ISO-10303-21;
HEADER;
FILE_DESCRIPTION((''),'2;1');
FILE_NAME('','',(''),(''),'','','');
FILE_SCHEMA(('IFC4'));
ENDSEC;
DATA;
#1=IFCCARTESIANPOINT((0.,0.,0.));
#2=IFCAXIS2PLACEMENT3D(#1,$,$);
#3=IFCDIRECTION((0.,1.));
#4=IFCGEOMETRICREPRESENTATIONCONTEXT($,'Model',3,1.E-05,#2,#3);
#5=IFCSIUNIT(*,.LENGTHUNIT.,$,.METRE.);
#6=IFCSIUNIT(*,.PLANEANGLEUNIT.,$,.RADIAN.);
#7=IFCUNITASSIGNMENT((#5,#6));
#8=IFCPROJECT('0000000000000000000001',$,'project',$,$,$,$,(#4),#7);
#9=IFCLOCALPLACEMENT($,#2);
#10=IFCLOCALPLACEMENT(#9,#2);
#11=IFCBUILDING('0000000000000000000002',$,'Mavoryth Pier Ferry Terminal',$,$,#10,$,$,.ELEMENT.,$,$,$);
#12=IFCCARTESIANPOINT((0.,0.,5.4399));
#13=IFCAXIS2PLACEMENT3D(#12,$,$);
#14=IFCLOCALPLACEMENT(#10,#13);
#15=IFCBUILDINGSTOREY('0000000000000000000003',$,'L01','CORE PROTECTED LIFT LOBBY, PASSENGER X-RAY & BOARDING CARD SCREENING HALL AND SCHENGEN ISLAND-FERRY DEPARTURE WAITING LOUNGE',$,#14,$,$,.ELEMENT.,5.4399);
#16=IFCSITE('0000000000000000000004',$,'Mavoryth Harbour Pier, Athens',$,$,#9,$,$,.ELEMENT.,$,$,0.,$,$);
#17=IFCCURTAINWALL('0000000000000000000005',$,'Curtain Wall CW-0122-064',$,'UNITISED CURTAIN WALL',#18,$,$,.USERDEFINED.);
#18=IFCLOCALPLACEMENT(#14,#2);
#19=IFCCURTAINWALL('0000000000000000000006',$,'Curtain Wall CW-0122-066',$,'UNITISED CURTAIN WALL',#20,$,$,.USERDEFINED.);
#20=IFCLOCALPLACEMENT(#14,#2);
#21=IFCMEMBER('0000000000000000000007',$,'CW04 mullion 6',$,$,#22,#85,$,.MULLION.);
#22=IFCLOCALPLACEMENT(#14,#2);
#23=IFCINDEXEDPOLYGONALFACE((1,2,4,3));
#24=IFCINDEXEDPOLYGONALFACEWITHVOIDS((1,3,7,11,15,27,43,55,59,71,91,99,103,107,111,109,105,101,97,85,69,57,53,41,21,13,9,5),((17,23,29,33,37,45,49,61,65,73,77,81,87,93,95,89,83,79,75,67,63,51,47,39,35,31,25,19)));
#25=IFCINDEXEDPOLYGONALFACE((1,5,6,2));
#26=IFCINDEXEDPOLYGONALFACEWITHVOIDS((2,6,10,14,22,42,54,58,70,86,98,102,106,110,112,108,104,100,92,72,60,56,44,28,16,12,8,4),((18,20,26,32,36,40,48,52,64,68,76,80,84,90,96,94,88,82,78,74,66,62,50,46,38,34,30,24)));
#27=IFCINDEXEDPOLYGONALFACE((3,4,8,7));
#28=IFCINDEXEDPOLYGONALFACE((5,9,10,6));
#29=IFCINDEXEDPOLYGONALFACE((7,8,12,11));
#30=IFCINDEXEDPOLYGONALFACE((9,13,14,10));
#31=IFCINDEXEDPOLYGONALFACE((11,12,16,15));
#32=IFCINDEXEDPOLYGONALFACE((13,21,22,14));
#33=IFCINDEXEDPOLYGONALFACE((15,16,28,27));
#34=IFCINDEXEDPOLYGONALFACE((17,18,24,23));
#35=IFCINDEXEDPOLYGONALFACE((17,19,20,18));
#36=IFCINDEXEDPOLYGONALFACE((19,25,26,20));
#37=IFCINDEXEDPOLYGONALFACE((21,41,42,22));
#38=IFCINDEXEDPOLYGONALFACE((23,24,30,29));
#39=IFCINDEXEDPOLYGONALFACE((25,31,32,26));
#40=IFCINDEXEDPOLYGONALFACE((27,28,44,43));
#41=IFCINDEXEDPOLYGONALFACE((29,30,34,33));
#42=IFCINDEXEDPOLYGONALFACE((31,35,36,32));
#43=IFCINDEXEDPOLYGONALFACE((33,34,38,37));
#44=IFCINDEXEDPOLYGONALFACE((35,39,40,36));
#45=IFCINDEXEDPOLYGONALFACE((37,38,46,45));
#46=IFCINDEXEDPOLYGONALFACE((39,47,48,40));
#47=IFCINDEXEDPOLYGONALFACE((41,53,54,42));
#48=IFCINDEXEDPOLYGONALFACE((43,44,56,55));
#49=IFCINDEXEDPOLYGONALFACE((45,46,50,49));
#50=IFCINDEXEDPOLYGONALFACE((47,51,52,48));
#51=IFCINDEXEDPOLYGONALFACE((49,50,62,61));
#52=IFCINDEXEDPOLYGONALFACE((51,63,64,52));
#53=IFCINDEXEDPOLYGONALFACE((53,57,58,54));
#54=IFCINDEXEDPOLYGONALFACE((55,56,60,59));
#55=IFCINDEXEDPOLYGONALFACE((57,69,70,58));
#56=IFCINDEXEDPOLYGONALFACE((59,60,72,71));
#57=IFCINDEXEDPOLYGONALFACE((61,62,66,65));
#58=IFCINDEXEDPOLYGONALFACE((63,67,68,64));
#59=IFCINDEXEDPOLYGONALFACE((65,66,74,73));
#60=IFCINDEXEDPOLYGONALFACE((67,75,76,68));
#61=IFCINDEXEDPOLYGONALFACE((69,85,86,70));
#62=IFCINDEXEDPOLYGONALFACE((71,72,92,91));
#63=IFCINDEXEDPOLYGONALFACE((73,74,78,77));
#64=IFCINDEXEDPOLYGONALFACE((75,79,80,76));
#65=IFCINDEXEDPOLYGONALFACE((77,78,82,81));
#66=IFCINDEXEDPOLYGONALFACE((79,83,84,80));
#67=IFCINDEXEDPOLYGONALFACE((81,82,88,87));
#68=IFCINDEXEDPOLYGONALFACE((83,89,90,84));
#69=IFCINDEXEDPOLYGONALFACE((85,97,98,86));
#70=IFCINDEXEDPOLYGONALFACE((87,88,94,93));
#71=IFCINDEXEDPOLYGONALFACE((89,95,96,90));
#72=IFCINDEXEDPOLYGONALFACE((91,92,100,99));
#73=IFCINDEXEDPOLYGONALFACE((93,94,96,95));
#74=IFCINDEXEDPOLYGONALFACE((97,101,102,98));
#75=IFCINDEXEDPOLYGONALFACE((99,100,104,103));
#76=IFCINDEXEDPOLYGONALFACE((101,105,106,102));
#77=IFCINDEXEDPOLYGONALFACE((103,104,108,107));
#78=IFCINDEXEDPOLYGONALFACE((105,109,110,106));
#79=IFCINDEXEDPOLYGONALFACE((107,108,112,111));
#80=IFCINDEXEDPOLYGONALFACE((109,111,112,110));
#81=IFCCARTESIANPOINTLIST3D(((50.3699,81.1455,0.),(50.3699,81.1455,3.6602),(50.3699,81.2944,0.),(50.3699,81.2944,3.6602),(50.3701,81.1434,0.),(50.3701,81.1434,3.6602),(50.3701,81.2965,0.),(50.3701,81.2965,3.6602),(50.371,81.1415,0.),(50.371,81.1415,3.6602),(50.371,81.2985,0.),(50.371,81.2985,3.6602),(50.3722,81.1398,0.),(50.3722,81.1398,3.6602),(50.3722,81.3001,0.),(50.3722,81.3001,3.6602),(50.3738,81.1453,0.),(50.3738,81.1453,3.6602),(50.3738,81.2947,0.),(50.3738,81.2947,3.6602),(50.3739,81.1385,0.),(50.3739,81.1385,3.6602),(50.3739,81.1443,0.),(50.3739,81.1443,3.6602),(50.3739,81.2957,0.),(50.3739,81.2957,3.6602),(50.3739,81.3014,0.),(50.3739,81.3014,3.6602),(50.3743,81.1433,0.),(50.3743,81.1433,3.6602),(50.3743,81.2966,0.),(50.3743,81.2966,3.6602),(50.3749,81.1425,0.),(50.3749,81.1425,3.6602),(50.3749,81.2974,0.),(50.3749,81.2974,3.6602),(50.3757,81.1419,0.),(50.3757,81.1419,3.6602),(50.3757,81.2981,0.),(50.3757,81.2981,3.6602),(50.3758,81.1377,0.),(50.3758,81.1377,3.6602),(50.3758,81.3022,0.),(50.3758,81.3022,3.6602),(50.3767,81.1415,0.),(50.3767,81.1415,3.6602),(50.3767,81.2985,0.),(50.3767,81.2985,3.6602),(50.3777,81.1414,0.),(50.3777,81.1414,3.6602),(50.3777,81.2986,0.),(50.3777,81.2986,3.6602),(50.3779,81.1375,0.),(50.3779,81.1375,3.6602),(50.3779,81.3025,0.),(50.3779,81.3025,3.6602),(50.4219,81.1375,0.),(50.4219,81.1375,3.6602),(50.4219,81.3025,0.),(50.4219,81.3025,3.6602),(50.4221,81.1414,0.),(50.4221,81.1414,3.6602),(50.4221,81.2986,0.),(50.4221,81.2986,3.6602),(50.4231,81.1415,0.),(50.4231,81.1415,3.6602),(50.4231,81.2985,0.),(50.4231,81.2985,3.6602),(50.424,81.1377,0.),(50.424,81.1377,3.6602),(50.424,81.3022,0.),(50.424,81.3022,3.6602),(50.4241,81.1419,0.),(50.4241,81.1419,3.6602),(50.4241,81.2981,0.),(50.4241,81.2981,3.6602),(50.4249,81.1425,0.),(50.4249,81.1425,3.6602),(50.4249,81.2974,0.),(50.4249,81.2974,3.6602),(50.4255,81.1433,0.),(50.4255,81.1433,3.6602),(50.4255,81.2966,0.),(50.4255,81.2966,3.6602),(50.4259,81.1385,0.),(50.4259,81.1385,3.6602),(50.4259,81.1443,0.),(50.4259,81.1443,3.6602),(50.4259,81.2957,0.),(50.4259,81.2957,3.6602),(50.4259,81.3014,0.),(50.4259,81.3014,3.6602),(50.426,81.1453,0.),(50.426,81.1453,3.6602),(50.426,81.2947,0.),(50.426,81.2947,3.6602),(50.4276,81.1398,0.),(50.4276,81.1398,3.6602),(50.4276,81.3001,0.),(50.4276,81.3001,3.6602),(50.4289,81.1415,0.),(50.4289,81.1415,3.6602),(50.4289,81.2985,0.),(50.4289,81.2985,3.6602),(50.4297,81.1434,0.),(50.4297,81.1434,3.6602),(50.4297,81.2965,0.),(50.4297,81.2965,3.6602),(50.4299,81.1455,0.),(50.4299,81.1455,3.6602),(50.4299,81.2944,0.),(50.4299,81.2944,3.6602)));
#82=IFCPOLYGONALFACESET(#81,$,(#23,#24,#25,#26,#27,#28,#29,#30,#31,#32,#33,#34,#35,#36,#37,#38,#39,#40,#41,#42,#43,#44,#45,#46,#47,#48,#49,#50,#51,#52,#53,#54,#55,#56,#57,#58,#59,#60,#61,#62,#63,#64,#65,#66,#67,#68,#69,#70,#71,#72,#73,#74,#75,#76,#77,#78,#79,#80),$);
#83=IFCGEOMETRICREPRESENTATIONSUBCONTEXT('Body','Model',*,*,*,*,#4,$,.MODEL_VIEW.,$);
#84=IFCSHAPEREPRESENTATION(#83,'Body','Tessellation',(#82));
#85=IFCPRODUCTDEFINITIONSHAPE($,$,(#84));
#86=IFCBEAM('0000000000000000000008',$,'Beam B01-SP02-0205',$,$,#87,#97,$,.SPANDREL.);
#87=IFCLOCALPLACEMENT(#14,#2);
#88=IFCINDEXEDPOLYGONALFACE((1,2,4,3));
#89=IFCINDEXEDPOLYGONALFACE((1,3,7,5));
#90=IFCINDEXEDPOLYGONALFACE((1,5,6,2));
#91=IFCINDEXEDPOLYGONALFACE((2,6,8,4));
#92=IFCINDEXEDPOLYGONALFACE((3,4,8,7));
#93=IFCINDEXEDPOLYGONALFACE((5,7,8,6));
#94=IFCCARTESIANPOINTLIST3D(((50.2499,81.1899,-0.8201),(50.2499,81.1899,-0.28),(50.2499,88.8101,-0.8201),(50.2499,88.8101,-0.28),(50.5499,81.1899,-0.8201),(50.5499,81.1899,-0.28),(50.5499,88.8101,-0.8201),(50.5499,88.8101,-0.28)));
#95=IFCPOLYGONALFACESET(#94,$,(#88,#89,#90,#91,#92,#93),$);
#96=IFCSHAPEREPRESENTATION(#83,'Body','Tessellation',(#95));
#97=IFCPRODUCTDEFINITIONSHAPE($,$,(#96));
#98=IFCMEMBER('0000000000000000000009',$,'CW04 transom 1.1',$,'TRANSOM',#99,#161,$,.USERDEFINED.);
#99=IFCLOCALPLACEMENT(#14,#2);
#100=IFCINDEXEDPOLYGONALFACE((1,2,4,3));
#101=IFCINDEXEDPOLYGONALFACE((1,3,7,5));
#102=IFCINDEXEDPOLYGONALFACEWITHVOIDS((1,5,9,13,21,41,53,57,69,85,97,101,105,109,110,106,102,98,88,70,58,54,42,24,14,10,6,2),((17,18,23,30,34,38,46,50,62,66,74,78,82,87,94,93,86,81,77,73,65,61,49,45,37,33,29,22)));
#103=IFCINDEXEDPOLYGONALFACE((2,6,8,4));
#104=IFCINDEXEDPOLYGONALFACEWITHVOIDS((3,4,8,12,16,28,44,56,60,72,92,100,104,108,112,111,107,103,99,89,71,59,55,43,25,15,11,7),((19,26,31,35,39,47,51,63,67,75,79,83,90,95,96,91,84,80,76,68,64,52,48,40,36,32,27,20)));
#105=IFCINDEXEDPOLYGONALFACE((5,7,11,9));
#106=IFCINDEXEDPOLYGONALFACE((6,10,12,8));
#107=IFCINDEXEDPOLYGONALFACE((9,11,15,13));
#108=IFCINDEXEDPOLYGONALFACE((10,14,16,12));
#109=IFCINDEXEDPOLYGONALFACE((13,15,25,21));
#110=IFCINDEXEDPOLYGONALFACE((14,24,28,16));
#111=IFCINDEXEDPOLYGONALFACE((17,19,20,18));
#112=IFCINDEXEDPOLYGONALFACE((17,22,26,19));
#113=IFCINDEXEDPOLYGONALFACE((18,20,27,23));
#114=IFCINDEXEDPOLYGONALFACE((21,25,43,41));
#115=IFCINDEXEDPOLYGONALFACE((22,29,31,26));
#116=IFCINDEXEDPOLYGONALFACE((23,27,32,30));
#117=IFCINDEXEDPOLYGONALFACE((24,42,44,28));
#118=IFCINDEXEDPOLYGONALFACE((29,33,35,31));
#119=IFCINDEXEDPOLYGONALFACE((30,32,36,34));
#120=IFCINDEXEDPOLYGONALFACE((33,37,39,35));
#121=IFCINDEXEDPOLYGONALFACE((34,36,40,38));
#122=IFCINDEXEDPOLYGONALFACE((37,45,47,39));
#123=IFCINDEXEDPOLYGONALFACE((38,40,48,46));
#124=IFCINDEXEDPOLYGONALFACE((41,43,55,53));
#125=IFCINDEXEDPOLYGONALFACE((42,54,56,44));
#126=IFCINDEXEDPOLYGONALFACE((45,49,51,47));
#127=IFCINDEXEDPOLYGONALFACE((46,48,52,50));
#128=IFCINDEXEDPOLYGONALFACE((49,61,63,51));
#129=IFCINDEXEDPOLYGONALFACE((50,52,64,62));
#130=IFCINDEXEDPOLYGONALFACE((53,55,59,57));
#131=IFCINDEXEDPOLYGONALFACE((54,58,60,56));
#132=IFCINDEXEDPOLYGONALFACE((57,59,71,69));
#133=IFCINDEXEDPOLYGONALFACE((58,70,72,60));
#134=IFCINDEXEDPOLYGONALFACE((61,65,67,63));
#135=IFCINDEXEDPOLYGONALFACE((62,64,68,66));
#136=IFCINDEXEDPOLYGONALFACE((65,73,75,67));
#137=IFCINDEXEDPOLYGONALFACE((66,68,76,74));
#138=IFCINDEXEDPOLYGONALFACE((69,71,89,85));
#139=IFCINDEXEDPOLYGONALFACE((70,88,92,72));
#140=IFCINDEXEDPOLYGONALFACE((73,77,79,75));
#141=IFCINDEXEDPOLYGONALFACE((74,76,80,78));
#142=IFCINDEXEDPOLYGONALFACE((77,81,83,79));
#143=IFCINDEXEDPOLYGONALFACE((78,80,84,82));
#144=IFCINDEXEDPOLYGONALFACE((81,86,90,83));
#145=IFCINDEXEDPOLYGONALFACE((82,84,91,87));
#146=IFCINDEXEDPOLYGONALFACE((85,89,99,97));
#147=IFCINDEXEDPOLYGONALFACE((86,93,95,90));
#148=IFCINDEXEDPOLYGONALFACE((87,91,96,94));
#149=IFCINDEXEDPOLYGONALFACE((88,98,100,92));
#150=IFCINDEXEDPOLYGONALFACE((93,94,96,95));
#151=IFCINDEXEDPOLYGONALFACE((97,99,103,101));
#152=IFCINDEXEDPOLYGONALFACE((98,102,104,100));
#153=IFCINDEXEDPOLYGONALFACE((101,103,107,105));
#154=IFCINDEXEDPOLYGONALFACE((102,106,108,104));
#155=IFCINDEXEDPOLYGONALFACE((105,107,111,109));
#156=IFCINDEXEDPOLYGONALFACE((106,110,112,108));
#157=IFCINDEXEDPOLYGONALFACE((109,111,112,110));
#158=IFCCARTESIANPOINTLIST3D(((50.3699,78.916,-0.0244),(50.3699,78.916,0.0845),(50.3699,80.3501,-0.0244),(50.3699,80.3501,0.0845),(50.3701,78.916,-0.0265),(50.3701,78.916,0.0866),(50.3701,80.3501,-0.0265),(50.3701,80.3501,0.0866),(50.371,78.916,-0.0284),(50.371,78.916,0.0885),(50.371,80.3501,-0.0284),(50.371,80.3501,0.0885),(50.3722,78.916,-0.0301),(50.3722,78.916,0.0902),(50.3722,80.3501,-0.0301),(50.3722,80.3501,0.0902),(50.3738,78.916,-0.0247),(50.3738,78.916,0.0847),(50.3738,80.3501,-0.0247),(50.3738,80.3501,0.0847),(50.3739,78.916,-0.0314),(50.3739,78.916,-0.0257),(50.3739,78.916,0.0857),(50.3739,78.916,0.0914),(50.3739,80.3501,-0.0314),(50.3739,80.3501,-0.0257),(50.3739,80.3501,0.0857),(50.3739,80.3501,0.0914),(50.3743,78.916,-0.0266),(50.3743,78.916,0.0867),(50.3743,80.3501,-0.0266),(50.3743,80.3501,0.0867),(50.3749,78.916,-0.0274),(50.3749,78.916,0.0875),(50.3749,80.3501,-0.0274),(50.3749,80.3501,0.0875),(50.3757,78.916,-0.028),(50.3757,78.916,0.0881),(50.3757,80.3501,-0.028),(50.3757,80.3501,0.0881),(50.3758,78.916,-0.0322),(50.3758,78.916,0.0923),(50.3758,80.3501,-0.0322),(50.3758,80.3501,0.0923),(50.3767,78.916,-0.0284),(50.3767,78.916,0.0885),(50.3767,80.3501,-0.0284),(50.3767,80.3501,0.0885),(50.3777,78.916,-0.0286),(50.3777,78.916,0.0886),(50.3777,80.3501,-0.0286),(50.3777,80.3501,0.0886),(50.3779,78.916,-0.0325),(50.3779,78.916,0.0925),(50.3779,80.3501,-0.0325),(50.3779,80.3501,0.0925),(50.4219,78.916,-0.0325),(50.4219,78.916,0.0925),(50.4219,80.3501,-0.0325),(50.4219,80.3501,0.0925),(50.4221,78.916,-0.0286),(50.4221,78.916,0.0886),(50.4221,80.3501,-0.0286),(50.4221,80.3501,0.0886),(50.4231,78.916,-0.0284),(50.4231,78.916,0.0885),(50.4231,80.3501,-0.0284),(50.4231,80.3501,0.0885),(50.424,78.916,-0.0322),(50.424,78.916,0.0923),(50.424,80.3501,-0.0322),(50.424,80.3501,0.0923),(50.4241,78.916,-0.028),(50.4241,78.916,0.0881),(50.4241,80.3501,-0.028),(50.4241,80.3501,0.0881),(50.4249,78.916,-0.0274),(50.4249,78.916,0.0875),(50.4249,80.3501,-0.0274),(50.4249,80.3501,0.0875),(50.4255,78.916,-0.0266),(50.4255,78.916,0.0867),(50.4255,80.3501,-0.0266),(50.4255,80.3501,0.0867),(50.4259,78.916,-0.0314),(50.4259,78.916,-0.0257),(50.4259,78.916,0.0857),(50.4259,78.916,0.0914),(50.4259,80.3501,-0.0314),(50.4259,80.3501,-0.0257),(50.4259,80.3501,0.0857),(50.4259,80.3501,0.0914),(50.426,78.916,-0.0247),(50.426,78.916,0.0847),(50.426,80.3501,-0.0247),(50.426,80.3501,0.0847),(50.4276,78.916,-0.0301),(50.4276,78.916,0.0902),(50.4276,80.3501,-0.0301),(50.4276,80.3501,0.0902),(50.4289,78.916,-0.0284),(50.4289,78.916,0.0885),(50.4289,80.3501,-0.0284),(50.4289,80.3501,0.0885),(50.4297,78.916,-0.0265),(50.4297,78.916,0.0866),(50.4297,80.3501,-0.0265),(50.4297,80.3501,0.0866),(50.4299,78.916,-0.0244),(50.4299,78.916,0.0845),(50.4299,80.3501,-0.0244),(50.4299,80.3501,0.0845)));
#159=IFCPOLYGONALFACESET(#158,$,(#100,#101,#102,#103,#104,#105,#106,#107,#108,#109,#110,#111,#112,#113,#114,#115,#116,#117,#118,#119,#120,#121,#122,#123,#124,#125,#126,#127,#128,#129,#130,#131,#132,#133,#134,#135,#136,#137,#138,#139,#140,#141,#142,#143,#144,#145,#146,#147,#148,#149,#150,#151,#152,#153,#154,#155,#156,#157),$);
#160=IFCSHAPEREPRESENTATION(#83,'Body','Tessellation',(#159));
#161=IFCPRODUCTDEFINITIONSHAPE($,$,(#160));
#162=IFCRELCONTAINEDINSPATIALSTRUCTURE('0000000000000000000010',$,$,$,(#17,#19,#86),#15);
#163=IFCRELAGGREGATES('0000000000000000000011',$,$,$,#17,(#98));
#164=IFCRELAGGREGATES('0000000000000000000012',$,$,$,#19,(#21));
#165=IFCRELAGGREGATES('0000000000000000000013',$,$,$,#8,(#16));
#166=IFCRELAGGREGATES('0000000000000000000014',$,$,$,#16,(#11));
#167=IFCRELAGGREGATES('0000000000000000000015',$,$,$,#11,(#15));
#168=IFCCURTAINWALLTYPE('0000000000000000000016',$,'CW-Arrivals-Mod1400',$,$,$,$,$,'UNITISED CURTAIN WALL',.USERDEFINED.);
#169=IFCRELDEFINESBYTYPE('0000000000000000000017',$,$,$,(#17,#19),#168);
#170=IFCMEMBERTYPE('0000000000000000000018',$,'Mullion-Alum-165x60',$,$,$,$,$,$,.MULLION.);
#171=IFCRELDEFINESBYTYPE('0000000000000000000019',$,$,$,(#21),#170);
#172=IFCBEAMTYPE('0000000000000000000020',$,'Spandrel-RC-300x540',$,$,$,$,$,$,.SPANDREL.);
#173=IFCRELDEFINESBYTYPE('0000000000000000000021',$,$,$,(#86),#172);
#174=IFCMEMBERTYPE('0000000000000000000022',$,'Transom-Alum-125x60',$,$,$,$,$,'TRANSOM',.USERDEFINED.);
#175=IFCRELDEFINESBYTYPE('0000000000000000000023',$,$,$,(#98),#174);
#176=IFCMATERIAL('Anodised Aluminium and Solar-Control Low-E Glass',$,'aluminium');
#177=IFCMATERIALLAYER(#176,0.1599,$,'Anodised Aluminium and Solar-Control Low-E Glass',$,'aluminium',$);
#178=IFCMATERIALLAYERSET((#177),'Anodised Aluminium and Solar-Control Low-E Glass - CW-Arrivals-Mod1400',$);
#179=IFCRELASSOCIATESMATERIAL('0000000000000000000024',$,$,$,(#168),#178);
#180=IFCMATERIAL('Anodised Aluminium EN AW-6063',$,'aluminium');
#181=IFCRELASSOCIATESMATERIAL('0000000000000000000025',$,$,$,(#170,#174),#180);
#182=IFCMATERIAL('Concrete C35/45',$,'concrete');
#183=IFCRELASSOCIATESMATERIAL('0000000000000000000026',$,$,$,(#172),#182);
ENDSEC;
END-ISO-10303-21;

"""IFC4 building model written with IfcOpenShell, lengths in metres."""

from ifc_helpers import new_model, si_unit, direction, frame, origin, origin_2d, place, context, subcontext, project, spatial, rectangle, hollow_rectangle, extrude, material, layer, layer_set, material_profile, profile_set, type_object, element, aggregate, save


model = new_model("IFC4")

# Units and contexts
model_context = context("Model", 3, precision=1e-05, world=origin(), true_north=direction((0.0, 1.0)))
body_context = subcontext(model_context, "Body", "Model", "MODEL_VIEW")
ifc_project = project(units=[si_unit("LENGTHUNIT", "METRE"), si_unit("PLANEANGLEUNIT", "RADIAN")], contexts=[model_context])

# Site, building, storey
site_placement = place(None, origin())
site = spatial("IfcSite", under=ifc_project, at=site_placement, Name="Mavoryth Harbour Pier, Athens", CompositionType="ELEMENT", RefElevation=0.0)
building_placement = place(site_placement, origin())
building = spatial("IfcBuilding", under=site, at=building_placement, Name="Mavoryth Pier Ferry Terminal", CompositionType="ELEMENT")
storey_placement = place(building_placement, frame((0.0, 0.0, 5.4399)))
storey = spatial("IfcBuildingStorey", under=building, at=storey_placement, Name="L01", Description="CORE PROTECTED LIFT LOBBY, PASSENGER X-RAY & BOARDING CARD SCREENING HALL AND SCHENGEN ISLAND-FERRY DEPARTURE WAITING LOUNGE", CompositionType="ELEMENT", Elevation=5.4399)

# Shared definitions
ifc_material_1 = material(Name="Concrete C35/45", Category="concrete")

# Curtain walls, member
ifc_material_2 = material(Name="Anodised Aluminium and Solar-Control Low-E Glass", Category="aluminium")
ifc_layer_1 = layer(ifc_material_2, 0.1599, Name="Anodised Aluminium and Solar-Control Low-E Glass", Category="aluminium")
ifc_layer_set_1 = layer_set([ifc_layer_1], Name="Anodised Aluminium and Solar-Control Low-E Glass - CW-Arrivals-Mod1400")
curtain_wall_type = type_object("IfcCurtainWallType", Name="CW-Arrivals-Mod1400", ElementType="UNITISED CURTAIN WALL", PredefinedType="USERDEFINED", material=ifc_layer_set_1)
curtain_wall_1_placement = place(storey_placement, origin())
curtain_wall_1 = element("IfcCurtainWall", 1, at=curtain_wall_1_placement, inside=storey, type_object=curtain_wall_type, Name="Curtain Wall CW-0122-064", ObjectType="UNITISED CURTAIN WALL", PredefinedType="USERDEFINED")
ifc_material_3 = material(Name="Anodised Aluminium EN AW-6063", Category="aluminium")
ifc_material_profile_1 = material_profile(ifc_material_3, hollow_rectangle(XDim=0.0601, YDim=0.165, WallThickness=0.0039, InnerFilletRadius=0.0039, OuterFilletRadius=0.0081, at=origin_2d()), Name="AL-MULL 165x60x4", Category="aluminium")
ifc_profile_set_1 = profile_set([ifc_material_profile_1], Name="Anodised Aluminium EN AW-6063 - AL-MULL 165x60x4")
member_type_1 = type_object("IfcMemberType", Name="Mullion-Alum-165x60", PredefinedType="MULLION", material=ifc_profile_set_1)
curtain_wall_2_placement = place(storey_placement, origin())
curtain_wall_2 = element("IfcCurtainWall", 2, at=curtain_wall_2_placement, inside=storey, type_object=curtain_wall_type, Name="Curtain Wall CW-0122-066", ObjectType="UNITISED CURTAIN WALL", PredefinedType="USERDEFINED")
member_1_placement = place(storey_placement, frame((50.3999, 81.22, 0.0), z_axis=(0.0, 0.0, 1.0), x_axis=(1.0, 0.0, 0.0)))
member_1 = element("IfcMember", 3, at=member_1_placement, type_object=member_type_1, Name="CW04 mullion 6", PredefinedType="MULLION", context=body_context, shape_type="SweptSolid", body=[
    extrude(hollow_rectangle(XDim=0.0601, YDim=0.165, WallThickness=0.0039, InnerFilletRadius=0.0039, OuterFilletRadius=0.0081, at=origin_2d()), origin(), (0.0, 0.0, 1.0), 3.6602),
])

# Beam
ifc_material_profile_2 = material_profile(ifc_material_1, rectangle(XDim=0.3, YDim=0.54, at=origin_2d()), Name="RC 300x540", Category="concrete")
ifc_profile_set_2 = profile_set([ifc_material_profile_2], Name="Concrete C35/45 - RC 300x540")
beam_type_1 = type_object("IfcBeamType", Name="Spandrel-RC-300x540", PredefinedType="SPANDREL", material=ifc_profile_set_2)
beam_1_placement = place(storey_placement, frame((50.3999, 81.1899, -0.55), z_axis=(0.0, 1.0, 0.0), x_axis=(-1.0, 0.0, 0.0)))
element("IfcBeam", 4, at=beam_1_placement, inside=storey, type_object=beam_type_1, Name="Beam B01-SP02-0205", PredefinedType="SPANDREL", context=body_context, shape_type="SweptSolid", body=[
    extrude(rectangle(XDim=0.3, YDim=0.54, at=origin_2d()), origin(), (0.0, 0.0, 1.0), 7.6201),
])

# Member
ifc_material_profile_3 = material_profile(ifc_material_3, hollow_rectangle(XDim=0.0601, YDim=0.125, WallThickness=0.0039, InnerFilletRadius=0.0039, OuterFilletRadius=0.0081, at=origin_2d()), Name="AL-TRAN 125x60x4", Category="aluminium")
ifc_profile_set_3 = profile_set([ifc_material_profile_3], Name="Anodised Aluminium EN AW-6063 - AL-TRAN 125x60x4")
member_type_2 = type_object("IfcMemberType", Name="Transom-Alum-125x60", ElementType="TRANSOM", PredefinedType="USERDEFINED", material=ifc_profile_set_3)
member_2_placement = place(storey_placement, frame((50.3999, 80.3501, 0.03), z_axis=(0.0, -1.0, 0.0), x_axis=(1.0, 0.0, 0.0)))
member_2 = element("IfcMember", 5, at=member_2_placement, type_object=member_type_2, Name="CW04 transom 1.1", ObjectType="TRANSOM", PredefinedType="USERDEFINED", context=body_context, shape_type="SweptSolid", body=[
    extrude(hollow_rectangle(XDim=0.0601, YDim=0.125, WallThickness=0.0039, InnerFilletRadius=0.0039, OuterFilletRadius=0.0081, at=origin_2d()), origin(), (0.0, 0.0, 1.0), 1.4341),
])

aggregate(curtain_wall_1, [member_2])
aggregate(curtain_wall_2, [member_1])

save(model, "model.ifc")
